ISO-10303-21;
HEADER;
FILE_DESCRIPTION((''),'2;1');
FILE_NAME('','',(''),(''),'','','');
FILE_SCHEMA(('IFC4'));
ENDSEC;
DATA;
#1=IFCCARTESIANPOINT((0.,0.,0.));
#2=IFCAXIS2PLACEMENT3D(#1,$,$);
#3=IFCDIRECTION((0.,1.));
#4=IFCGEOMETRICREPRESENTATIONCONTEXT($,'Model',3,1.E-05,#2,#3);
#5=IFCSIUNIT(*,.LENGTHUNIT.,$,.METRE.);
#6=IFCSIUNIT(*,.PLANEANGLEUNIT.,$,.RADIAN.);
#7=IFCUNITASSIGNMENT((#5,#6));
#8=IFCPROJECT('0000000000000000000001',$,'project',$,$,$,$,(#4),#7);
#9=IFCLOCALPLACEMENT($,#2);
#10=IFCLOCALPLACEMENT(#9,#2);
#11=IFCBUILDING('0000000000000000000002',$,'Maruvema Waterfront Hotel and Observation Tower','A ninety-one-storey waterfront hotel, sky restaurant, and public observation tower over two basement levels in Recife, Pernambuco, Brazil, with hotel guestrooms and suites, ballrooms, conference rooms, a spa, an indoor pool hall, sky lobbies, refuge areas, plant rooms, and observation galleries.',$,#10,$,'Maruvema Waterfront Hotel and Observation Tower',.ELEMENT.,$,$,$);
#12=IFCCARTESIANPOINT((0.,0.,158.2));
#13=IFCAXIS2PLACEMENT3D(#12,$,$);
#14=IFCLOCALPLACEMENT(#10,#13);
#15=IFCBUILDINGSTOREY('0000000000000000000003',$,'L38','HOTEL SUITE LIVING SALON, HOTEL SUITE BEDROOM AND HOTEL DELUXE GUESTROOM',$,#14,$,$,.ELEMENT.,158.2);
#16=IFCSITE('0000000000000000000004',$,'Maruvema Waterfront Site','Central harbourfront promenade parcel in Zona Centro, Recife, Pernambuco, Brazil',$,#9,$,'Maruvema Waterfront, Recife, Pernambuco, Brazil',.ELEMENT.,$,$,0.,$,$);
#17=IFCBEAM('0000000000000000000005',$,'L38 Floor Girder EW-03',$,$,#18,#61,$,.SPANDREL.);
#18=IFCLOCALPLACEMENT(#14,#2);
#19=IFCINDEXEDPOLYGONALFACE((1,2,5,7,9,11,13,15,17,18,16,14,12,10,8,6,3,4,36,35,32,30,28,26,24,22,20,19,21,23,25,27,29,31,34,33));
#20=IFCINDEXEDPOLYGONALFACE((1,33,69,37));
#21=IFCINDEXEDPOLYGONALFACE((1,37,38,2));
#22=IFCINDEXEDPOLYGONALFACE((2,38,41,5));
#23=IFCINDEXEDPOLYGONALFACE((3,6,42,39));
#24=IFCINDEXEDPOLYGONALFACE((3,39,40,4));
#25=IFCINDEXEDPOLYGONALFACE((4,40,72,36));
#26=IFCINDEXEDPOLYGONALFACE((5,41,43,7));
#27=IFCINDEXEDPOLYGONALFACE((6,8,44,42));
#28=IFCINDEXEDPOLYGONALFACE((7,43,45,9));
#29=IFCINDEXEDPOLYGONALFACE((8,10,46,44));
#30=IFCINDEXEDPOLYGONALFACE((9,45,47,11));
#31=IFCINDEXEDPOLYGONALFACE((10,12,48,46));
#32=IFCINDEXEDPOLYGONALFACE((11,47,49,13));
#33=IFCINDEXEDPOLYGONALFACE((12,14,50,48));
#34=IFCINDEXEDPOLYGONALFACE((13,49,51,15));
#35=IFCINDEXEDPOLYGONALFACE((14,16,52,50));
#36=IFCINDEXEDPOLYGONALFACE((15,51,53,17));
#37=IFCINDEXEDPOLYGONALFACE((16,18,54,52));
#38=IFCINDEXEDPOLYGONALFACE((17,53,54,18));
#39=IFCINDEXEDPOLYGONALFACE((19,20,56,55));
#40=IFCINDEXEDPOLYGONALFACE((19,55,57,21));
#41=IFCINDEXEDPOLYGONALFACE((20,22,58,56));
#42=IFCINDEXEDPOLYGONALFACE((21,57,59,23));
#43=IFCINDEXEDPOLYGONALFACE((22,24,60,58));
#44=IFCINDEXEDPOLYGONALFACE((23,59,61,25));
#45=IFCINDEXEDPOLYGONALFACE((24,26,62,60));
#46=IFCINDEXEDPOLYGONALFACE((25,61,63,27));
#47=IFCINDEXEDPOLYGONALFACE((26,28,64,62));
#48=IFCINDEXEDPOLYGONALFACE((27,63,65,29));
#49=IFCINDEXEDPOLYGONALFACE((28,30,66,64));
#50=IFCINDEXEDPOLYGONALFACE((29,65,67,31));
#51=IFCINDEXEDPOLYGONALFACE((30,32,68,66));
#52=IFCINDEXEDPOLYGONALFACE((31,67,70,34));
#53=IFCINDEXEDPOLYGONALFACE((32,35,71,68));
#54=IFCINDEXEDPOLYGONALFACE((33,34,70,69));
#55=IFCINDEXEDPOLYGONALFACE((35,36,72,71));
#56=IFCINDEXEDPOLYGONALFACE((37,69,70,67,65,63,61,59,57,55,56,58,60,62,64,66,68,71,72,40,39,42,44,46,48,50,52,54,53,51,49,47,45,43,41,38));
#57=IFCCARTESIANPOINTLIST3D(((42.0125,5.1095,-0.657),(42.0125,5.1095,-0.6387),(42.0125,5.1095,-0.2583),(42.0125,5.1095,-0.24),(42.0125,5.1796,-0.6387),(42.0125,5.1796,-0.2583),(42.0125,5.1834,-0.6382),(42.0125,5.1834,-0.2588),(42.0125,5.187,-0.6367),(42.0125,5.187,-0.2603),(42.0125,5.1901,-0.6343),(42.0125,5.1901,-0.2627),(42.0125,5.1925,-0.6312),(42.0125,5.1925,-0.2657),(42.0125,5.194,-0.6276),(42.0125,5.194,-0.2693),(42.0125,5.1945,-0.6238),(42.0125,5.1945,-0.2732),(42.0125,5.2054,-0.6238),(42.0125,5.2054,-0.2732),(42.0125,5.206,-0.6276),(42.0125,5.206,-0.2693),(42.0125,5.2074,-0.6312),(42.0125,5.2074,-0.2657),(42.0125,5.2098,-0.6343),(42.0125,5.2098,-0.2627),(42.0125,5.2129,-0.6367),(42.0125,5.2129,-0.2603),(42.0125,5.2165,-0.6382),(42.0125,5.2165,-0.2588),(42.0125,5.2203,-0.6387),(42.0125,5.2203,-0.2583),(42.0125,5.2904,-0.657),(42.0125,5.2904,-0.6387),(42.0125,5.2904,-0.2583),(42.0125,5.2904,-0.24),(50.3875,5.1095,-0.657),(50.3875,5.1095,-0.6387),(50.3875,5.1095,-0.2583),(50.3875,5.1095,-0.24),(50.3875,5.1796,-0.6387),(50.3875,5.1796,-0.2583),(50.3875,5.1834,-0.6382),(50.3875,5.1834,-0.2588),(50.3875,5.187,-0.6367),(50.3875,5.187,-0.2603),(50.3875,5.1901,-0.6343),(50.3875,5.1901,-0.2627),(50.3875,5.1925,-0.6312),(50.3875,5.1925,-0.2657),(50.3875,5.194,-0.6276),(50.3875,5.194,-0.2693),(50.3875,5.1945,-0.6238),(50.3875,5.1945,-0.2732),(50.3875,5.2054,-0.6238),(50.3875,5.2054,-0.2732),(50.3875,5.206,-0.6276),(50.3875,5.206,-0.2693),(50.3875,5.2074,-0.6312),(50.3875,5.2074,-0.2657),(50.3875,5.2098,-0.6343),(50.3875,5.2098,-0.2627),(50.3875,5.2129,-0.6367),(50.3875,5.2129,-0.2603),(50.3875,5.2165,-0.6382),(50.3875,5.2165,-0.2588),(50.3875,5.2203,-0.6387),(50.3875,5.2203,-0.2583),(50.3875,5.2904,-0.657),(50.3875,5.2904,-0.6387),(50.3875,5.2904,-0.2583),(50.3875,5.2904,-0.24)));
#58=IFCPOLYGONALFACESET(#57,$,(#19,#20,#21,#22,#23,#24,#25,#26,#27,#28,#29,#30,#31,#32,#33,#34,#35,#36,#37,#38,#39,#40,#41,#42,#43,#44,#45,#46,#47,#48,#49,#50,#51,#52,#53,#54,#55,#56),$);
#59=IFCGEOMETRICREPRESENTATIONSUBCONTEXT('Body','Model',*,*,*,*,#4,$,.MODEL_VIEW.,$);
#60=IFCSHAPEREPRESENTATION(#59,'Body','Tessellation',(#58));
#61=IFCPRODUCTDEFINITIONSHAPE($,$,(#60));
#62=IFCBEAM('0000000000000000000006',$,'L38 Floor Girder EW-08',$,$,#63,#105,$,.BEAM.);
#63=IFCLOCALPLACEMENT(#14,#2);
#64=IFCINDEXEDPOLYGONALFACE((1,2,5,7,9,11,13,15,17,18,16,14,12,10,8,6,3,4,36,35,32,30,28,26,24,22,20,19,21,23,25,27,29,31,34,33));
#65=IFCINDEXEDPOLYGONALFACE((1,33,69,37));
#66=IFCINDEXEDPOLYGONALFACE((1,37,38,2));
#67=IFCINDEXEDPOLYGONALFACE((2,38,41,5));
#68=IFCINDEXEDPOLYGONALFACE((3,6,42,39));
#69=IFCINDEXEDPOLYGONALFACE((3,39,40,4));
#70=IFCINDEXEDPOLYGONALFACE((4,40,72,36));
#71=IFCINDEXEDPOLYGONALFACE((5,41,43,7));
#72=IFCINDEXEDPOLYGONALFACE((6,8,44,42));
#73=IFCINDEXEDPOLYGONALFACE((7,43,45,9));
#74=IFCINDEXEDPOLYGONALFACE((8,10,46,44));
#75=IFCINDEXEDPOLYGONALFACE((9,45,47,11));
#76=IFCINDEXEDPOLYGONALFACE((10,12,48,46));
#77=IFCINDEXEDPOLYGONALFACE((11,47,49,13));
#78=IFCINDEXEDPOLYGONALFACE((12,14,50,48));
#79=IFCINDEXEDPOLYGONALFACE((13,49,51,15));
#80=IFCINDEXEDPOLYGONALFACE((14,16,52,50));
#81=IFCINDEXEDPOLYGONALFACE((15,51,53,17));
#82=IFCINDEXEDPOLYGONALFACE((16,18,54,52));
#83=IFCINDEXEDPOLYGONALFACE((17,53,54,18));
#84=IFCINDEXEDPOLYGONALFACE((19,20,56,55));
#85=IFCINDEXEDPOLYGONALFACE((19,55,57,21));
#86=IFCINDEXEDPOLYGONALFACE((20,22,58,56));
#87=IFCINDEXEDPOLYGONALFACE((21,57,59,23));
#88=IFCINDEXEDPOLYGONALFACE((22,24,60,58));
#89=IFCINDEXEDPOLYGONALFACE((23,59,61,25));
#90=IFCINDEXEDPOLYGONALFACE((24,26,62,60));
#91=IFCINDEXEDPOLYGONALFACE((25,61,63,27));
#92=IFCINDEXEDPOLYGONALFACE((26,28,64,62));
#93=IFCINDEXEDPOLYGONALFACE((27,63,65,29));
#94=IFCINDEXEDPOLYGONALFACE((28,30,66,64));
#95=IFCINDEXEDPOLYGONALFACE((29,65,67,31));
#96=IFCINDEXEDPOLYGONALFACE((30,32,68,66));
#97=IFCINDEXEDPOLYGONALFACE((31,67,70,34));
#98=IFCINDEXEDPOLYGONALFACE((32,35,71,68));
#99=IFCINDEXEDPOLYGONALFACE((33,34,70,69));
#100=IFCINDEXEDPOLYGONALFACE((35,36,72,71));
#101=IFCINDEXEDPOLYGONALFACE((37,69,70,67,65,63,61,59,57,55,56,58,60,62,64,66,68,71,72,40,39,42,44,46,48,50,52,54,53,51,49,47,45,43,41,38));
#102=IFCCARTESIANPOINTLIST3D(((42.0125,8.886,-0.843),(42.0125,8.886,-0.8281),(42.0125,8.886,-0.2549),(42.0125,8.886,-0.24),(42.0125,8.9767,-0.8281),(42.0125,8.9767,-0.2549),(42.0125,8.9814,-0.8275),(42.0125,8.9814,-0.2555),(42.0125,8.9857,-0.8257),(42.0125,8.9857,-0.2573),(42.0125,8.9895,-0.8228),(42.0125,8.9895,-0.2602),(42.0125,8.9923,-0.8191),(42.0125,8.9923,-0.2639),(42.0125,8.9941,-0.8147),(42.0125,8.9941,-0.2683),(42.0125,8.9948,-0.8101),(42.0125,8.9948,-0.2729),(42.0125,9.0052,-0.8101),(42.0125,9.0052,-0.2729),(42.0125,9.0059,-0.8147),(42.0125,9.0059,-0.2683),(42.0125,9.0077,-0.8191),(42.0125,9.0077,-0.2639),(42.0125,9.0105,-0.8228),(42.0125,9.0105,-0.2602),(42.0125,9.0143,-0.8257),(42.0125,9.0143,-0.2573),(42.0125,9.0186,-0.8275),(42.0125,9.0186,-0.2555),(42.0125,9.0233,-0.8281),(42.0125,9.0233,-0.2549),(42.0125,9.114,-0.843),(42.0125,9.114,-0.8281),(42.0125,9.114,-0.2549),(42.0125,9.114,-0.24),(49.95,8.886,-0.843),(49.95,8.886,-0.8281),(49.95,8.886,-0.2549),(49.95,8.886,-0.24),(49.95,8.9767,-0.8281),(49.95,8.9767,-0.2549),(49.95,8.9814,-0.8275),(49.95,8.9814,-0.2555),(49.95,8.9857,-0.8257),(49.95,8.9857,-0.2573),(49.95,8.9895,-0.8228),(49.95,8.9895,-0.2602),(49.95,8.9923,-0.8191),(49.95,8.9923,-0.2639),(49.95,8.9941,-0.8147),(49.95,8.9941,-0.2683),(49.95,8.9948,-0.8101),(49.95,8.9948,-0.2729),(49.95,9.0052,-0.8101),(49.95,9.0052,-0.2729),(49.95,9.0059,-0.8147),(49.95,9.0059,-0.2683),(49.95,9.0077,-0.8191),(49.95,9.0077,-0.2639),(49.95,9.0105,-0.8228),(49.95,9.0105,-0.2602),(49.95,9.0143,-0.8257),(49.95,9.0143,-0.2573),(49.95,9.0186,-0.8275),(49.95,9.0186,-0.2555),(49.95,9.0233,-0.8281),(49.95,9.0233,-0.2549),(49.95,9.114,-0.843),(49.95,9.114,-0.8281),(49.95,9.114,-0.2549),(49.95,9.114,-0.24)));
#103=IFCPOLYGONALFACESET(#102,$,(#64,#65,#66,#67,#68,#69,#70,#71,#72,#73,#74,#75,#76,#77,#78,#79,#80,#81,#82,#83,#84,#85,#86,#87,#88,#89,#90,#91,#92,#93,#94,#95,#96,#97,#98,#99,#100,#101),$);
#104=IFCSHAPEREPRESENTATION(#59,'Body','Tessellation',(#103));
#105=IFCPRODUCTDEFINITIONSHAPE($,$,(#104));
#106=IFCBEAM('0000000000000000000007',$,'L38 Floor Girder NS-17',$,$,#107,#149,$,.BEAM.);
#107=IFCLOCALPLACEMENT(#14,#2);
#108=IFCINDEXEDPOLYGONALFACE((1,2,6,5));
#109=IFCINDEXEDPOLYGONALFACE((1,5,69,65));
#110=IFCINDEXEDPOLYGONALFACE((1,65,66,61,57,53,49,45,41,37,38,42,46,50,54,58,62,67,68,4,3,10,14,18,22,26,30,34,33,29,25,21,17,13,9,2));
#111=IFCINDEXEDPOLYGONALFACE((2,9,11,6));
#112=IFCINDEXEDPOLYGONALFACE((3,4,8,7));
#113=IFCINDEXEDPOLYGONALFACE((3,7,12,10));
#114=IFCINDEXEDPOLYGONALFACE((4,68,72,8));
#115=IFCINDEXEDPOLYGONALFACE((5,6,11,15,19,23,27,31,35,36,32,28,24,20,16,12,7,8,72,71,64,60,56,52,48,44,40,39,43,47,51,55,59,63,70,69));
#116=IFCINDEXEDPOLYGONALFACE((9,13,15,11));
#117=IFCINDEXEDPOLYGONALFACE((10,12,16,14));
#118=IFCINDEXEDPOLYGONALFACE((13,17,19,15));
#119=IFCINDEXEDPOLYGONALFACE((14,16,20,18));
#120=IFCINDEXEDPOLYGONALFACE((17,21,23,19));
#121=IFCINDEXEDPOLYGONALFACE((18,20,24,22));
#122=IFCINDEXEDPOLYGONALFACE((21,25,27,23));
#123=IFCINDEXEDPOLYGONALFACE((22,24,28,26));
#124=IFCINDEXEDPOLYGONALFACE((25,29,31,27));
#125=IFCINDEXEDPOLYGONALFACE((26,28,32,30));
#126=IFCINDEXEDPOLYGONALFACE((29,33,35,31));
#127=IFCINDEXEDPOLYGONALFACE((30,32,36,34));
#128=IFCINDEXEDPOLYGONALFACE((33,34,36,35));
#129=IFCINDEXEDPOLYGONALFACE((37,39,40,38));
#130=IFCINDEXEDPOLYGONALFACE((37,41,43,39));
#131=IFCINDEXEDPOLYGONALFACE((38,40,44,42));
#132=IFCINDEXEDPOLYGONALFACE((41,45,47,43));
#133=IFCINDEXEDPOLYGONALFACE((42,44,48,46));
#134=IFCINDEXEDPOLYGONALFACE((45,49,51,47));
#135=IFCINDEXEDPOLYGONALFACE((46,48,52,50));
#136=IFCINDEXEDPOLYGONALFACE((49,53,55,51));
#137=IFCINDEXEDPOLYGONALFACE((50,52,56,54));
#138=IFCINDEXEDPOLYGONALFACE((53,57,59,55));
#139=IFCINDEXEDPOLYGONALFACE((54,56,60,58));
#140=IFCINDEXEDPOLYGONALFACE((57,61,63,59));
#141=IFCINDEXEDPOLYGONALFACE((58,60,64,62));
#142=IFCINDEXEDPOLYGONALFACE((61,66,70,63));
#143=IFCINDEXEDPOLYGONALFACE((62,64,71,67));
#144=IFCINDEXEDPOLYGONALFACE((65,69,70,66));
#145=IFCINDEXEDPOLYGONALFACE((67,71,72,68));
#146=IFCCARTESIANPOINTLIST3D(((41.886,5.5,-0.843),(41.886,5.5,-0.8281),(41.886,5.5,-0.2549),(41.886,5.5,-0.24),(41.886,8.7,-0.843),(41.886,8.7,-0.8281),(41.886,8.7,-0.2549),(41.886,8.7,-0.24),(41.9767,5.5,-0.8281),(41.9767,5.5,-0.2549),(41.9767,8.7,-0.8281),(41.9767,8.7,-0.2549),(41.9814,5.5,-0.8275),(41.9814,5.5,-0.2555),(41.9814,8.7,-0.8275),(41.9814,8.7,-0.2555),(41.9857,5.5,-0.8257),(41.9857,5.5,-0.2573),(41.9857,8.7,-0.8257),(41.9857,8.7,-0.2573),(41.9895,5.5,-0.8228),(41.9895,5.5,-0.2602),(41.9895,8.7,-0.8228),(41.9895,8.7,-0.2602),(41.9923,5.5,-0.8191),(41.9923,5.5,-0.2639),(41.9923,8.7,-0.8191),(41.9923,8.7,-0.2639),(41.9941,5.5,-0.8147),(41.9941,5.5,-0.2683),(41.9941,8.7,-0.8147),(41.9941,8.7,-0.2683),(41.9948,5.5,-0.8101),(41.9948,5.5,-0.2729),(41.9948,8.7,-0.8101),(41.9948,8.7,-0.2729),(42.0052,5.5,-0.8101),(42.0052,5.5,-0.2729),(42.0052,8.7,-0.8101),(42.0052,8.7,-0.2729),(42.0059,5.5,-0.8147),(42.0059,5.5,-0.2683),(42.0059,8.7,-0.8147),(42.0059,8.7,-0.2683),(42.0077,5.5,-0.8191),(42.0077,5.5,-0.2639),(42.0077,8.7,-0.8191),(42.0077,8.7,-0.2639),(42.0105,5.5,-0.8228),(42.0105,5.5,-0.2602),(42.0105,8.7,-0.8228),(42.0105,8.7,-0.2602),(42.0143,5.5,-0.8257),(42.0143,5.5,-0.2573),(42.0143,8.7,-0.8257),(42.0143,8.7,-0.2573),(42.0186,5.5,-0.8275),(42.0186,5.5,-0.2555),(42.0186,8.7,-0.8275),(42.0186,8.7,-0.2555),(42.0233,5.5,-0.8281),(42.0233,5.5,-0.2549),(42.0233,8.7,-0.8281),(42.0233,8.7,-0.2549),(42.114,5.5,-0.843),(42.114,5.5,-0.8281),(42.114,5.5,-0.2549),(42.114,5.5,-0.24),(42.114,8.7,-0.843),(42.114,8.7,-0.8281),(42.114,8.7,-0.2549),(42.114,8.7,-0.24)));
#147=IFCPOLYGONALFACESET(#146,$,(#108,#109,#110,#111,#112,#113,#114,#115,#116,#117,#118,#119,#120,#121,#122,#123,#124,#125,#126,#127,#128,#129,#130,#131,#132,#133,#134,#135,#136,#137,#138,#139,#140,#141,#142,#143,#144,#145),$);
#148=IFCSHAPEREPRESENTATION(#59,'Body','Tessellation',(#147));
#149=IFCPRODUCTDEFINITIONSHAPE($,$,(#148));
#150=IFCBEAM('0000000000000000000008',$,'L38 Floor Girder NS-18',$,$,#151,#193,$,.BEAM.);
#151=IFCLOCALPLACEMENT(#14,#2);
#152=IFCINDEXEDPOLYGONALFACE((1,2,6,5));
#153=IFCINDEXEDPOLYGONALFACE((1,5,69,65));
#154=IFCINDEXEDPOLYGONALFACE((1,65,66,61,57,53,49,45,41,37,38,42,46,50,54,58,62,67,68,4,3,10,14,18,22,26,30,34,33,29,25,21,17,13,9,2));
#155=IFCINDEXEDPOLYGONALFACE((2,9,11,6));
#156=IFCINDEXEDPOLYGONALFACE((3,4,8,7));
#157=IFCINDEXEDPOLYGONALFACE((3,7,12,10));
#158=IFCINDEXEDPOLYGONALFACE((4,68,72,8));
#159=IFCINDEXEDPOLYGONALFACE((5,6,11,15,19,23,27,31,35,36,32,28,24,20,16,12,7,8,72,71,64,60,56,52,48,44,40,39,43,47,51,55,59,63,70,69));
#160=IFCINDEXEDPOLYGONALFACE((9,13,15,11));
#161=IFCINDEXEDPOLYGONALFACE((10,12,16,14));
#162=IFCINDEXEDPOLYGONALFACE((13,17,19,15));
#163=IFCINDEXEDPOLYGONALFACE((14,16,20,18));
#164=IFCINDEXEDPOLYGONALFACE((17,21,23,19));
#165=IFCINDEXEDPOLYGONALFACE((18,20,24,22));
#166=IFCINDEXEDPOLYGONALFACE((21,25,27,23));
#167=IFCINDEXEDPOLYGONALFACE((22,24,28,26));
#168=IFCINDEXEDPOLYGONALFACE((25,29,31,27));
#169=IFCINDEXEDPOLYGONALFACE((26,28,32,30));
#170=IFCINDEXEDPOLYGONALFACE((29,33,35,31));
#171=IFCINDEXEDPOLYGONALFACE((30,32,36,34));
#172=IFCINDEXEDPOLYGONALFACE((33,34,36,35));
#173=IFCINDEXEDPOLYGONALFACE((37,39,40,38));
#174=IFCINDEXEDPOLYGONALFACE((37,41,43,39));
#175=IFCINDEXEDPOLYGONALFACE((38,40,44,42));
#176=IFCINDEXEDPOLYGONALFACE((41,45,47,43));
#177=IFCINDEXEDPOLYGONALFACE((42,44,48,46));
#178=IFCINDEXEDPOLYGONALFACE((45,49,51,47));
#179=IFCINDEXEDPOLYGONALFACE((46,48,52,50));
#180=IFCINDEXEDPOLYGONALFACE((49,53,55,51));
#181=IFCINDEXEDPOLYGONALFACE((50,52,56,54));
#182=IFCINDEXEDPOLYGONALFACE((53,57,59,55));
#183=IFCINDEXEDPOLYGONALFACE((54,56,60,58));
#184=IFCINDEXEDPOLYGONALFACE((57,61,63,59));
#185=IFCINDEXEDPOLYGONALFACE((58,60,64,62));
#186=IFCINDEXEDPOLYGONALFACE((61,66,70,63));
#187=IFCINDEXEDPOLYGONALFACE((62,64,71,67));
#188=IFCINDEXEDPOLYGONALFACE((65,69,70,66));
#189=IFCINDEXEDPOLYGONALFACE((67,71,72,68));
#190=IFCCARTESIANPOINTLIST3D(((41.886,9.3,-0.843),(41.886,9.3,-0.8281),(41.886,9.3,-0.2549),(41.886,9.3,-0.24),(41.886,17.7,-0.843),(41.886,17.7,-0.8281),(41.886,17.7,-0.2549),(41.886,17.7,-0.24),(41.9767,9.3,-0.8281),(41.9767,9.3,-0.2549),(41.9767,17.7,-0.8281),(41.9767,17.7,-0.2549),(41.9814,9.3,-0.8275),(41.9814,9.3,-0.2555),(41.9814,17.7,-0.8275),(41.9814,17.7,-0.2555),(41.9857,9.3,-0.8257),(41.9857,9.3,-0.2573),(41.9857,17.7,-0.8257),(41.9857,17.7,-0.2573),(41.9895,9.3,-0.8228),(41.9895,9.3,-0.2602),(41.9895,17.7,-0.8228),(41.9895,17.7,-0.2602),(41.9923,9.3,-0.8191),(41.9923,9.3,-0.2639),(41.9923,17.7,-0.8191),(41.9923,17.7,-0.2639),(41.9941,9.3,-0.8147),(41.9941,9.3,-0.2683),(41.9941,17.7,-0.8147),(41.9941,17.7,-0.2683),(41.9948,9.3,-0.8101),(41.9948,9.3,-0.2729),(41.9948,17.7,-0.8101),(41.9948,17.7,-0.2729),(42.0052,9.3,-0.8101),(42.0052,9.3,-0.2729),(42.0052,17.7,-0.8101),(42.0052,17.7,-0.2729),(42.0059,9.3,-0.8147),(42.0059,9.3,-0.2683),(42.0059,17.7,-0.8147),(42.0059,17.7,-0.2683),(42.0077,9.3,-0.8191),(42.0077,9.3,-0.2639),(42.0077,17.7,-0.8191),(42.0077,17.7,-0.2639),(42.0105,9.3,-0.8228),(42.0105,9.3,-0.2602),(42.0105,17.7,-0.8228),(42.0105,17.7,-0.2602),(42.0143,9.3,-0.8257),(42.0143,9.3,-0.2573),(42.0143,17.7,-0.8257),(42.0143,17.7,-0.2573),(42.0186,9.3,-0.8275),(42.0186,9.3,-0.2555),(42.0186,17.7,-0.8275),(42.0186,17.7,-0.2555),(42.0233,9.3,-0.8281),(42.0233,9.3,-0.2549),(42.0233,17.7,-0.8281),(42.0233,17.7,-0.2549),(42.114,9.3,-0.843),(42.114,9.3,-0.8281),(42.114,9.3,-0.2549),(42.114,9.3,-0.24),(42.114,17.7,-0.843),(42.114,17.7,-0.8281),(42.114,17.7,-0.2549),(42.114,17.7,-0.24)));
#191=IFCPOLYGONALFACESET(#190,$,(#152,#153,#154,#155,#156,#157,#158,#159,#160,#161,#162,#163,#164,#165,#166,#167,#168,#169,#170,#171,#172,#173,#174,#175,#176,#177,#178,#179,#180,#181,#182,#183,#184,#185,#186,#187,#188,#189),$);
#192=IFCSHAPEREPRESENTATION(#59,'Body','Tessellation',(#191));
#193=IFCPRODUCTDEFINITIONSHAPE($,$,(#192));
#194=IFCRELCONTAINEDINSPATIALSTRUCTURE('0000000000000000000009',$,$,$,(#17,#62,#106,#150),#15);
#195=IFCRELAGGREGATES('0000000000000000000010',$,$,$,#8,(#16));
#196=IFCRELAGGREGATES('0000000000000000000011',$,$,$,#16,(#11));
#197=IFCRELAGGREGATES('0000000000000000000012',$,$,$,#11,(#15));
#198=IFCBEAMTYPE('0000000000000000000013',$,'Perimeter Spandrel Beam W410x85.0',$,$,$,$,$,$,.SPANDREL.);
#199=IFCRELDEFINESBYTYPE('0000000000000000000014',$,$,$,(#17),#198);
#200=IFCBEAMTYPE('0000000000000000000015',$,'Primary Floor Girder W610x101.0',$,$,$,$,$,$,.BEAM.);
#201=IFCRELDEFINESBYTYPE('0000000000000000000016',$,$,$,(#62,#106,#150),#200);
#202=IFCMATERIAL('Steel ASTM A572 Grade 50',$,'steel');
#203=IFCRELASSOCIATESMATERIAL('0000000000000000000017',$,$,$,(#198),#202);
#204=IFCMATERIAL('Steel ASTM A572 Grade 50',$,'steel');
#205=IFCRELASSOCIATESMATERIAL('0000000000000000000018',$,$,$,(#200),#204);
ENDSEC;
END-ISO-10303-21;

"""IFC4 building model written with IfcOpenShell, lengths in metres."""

from ifc_helpers import new_model, si_unit, direction, frame, origin, origin_2d, place, context, subcontext, project, spatial, i_section, extrude, material, material_profile, profile_set, type_object, element, save


model = new_model("IFC4")

# Units and contexts
model_context = context("Model", 3, precision=1e-05, world=origin(), true_north=direction((0.0, 1.0)))
body_context = subcontext(model_context, "Body", "Model", "MODEL_VIEW")
ifc_project = project(units=[si_unit("LENGTHUNIT", "METRE"), si_unit("PLANEANGLEUNIT", "RADIAN")], contexts=[model_context])

# Site, building, storey
site_placement = place(None, origin())
site = spatial("IfcSite", under=ifc_project, at=site_placement, Name="Maruvema Waterfront Site", Description="Central harbourfront promenade parcel in Zona Centro, Recife, Pernambuco, Brazil", LongName="Maruvema Waterfront, Recife, Pernambuco, Brazil", CompositionType="ELEMENT", RefElevation=0.0)
building_placement = place(site_placement, origin())
building = spatial("IfcBuilding", under=site, at=building_placement, Name="Maruvema Waterfront Hotel and Observation Tower", Description="A ninety-one-storey waterfront hotel, sky restaurant, and public observation tower over two basement levels in Recife, Pernambuco, Brazil, with hotel guestrooms and suites, ballrooms, conference rooms, a spa, an indoor pool hall, sky lobbies, refuge areas, plant rooms, and observation galleries.", LongName="Maruvema Waterfront Hotel and Observation Tower", CompositionType="ELEMENT")
storey_placement = place(building_placement, frame((0.0, 0.0, 158.2)))
storey = spatial("IfcBuildingStorey", under=building, at=storey_placement, Name="L38", Description="HOTEL SUITE LIVING SALON, HOTEL SUITE BEDROOM AND HOTEL DELUXE GUESTROOM", CompositionType="ELEMENT", Elevation=158.2)

# Beams
ifc_material_1 = material(Name="Steel ASTM A572 Grade 50", Category="steel")
ifc_material_profile_1 = material_profile(ifc_material_1, i_section(OverallWidth=0.1809, OverallDepth=0.417, WebThickness=0.011, FlangeThickness=0.0183, FilletRadius=0.0149, at=origin_2d()), Name="W410x85.0")
ifc_profile_set_1 = profile_set([ifc_material_profile_1], Name="Steel ASTM A572 Grade 50")
beam_type_1 = type_object("IfcBeamType", Name="Perimeter Spandrel Beam W410x85.0", PredefinedType="SPANDREL", material=ifc_profile_set_1)
beam_1_placement = place(storey_placement, frame((42.0125, 5.2, -0.4485), z_axis=(1.0, 0.0, 0.0), x_axis=(0.0, 1.0, 0.0)))
element("IfcBeam", 1, at=beam_1_placement, inside=storey, type_object=beam_type_1, Name="L38 Floor Girder EW-03", PredefinedType="SPANDREL", context=body_context, shape_type="SweptSolid", body=[
    extrude(i_section(OverallWidth=0.1809, OverallDepth=0.417, WebThickness=0.011, FlangeThickness=0.0183, FilletRadius=0.0149, at=origin_2d()), origin(), (0.0, 0.0, 1.0), 8.375),
])
ifc_material_2 = material(Name="Steel ASTM A572 Grade 50", Category="steel")
ifc_material_profile_2 = material_profile(ifc_material_2, i_section(OverallWidth=0.228, OverallDepth=0.603, WebThickness=0.0105, FlangeThickness=0.0149, FilletRadius=0.0181, at=origin_2d()), Name="W610x101.0")
ifc_profile_set_2 = profile_set([ifc_material_profile_2], Name="Steel ASTM A572 Grade 50")
beam_type_2 = type_object("IfcBeamType", Name="Primary Floor Girder W610x101.0", PredefinedType="BEAM", material=ifc_profile_set_2)
beam_2_placement = place(storey_placement, frame((42.0125, 9.0, -0.5415), z_axis=(1.0, 0.0, 0.0), x_axis=(0.0, 1.0, 0.0)))
element("IfcBeam", 2, at=beam_2_placement, inside=storey, type_object=beam_type_2, Name="L38 Floor Girder EW-08", PredefinedType="BEAM", context=body_context, shape_type="SweptSolid", body=[
    extrude(i_section(OverallWidth=0.228, OverallDepth=0.603, WebThickness=0.0105, FlangeThickness=0.0149, FilletRadius=0.0181, at=origin_2d()), origin(), (0.0, 0.0, 1.0), 7.9375),
])
beam_3_placement = place(storey_placement, frame((42.0, 5.5, -0.5415), z_axis=(0.0, 1.0, 0.0), x_axis=(-1.0, 0.0, 0.0)))
element("IfcBeam", 3, at=beam_3_placement, inside=storey, type_object=beam_type_2, Name="L38 Floor Girder NS-17", PredefinedType="BEAM", context=body_context, shape_type="SweptSolid", body=[
    extrude(i_section(OverallWidth=0.228, OverallDepth=0.603, WebThickness=0.0105, FlangeThickness=0.0149, FilletRadius=0.0181, at=origin_2d()), origin(), (0.0, 0.0, 1.0), 3.2),
])
beam_4_placement = place(storey_placement, frame((42.0, 9.3, -0.5415), z_axis=(0.0, 1.0, 0.0), x_axis=(-1.0, 0.0, 0.0)))
element("IfcBeam", 4, at=beam_4_placement, inside=storey, type_object=beam_type_2, Name="L38 Floor Girder NS-18", PredefinedType="BEAM", context=body_context, shape_type="SweptSolid", body=[
    extrude(i_section(OverallWidth=0.228, OverallDepth=0.603, WebThickness=0.0105, FlangeThickness=0.0149, FilletRadius=0.0181, at=origin_2d()), origin(), (0.0, 0.0, 1.0), 8.3999),
])

save(model, "model.ifc")
